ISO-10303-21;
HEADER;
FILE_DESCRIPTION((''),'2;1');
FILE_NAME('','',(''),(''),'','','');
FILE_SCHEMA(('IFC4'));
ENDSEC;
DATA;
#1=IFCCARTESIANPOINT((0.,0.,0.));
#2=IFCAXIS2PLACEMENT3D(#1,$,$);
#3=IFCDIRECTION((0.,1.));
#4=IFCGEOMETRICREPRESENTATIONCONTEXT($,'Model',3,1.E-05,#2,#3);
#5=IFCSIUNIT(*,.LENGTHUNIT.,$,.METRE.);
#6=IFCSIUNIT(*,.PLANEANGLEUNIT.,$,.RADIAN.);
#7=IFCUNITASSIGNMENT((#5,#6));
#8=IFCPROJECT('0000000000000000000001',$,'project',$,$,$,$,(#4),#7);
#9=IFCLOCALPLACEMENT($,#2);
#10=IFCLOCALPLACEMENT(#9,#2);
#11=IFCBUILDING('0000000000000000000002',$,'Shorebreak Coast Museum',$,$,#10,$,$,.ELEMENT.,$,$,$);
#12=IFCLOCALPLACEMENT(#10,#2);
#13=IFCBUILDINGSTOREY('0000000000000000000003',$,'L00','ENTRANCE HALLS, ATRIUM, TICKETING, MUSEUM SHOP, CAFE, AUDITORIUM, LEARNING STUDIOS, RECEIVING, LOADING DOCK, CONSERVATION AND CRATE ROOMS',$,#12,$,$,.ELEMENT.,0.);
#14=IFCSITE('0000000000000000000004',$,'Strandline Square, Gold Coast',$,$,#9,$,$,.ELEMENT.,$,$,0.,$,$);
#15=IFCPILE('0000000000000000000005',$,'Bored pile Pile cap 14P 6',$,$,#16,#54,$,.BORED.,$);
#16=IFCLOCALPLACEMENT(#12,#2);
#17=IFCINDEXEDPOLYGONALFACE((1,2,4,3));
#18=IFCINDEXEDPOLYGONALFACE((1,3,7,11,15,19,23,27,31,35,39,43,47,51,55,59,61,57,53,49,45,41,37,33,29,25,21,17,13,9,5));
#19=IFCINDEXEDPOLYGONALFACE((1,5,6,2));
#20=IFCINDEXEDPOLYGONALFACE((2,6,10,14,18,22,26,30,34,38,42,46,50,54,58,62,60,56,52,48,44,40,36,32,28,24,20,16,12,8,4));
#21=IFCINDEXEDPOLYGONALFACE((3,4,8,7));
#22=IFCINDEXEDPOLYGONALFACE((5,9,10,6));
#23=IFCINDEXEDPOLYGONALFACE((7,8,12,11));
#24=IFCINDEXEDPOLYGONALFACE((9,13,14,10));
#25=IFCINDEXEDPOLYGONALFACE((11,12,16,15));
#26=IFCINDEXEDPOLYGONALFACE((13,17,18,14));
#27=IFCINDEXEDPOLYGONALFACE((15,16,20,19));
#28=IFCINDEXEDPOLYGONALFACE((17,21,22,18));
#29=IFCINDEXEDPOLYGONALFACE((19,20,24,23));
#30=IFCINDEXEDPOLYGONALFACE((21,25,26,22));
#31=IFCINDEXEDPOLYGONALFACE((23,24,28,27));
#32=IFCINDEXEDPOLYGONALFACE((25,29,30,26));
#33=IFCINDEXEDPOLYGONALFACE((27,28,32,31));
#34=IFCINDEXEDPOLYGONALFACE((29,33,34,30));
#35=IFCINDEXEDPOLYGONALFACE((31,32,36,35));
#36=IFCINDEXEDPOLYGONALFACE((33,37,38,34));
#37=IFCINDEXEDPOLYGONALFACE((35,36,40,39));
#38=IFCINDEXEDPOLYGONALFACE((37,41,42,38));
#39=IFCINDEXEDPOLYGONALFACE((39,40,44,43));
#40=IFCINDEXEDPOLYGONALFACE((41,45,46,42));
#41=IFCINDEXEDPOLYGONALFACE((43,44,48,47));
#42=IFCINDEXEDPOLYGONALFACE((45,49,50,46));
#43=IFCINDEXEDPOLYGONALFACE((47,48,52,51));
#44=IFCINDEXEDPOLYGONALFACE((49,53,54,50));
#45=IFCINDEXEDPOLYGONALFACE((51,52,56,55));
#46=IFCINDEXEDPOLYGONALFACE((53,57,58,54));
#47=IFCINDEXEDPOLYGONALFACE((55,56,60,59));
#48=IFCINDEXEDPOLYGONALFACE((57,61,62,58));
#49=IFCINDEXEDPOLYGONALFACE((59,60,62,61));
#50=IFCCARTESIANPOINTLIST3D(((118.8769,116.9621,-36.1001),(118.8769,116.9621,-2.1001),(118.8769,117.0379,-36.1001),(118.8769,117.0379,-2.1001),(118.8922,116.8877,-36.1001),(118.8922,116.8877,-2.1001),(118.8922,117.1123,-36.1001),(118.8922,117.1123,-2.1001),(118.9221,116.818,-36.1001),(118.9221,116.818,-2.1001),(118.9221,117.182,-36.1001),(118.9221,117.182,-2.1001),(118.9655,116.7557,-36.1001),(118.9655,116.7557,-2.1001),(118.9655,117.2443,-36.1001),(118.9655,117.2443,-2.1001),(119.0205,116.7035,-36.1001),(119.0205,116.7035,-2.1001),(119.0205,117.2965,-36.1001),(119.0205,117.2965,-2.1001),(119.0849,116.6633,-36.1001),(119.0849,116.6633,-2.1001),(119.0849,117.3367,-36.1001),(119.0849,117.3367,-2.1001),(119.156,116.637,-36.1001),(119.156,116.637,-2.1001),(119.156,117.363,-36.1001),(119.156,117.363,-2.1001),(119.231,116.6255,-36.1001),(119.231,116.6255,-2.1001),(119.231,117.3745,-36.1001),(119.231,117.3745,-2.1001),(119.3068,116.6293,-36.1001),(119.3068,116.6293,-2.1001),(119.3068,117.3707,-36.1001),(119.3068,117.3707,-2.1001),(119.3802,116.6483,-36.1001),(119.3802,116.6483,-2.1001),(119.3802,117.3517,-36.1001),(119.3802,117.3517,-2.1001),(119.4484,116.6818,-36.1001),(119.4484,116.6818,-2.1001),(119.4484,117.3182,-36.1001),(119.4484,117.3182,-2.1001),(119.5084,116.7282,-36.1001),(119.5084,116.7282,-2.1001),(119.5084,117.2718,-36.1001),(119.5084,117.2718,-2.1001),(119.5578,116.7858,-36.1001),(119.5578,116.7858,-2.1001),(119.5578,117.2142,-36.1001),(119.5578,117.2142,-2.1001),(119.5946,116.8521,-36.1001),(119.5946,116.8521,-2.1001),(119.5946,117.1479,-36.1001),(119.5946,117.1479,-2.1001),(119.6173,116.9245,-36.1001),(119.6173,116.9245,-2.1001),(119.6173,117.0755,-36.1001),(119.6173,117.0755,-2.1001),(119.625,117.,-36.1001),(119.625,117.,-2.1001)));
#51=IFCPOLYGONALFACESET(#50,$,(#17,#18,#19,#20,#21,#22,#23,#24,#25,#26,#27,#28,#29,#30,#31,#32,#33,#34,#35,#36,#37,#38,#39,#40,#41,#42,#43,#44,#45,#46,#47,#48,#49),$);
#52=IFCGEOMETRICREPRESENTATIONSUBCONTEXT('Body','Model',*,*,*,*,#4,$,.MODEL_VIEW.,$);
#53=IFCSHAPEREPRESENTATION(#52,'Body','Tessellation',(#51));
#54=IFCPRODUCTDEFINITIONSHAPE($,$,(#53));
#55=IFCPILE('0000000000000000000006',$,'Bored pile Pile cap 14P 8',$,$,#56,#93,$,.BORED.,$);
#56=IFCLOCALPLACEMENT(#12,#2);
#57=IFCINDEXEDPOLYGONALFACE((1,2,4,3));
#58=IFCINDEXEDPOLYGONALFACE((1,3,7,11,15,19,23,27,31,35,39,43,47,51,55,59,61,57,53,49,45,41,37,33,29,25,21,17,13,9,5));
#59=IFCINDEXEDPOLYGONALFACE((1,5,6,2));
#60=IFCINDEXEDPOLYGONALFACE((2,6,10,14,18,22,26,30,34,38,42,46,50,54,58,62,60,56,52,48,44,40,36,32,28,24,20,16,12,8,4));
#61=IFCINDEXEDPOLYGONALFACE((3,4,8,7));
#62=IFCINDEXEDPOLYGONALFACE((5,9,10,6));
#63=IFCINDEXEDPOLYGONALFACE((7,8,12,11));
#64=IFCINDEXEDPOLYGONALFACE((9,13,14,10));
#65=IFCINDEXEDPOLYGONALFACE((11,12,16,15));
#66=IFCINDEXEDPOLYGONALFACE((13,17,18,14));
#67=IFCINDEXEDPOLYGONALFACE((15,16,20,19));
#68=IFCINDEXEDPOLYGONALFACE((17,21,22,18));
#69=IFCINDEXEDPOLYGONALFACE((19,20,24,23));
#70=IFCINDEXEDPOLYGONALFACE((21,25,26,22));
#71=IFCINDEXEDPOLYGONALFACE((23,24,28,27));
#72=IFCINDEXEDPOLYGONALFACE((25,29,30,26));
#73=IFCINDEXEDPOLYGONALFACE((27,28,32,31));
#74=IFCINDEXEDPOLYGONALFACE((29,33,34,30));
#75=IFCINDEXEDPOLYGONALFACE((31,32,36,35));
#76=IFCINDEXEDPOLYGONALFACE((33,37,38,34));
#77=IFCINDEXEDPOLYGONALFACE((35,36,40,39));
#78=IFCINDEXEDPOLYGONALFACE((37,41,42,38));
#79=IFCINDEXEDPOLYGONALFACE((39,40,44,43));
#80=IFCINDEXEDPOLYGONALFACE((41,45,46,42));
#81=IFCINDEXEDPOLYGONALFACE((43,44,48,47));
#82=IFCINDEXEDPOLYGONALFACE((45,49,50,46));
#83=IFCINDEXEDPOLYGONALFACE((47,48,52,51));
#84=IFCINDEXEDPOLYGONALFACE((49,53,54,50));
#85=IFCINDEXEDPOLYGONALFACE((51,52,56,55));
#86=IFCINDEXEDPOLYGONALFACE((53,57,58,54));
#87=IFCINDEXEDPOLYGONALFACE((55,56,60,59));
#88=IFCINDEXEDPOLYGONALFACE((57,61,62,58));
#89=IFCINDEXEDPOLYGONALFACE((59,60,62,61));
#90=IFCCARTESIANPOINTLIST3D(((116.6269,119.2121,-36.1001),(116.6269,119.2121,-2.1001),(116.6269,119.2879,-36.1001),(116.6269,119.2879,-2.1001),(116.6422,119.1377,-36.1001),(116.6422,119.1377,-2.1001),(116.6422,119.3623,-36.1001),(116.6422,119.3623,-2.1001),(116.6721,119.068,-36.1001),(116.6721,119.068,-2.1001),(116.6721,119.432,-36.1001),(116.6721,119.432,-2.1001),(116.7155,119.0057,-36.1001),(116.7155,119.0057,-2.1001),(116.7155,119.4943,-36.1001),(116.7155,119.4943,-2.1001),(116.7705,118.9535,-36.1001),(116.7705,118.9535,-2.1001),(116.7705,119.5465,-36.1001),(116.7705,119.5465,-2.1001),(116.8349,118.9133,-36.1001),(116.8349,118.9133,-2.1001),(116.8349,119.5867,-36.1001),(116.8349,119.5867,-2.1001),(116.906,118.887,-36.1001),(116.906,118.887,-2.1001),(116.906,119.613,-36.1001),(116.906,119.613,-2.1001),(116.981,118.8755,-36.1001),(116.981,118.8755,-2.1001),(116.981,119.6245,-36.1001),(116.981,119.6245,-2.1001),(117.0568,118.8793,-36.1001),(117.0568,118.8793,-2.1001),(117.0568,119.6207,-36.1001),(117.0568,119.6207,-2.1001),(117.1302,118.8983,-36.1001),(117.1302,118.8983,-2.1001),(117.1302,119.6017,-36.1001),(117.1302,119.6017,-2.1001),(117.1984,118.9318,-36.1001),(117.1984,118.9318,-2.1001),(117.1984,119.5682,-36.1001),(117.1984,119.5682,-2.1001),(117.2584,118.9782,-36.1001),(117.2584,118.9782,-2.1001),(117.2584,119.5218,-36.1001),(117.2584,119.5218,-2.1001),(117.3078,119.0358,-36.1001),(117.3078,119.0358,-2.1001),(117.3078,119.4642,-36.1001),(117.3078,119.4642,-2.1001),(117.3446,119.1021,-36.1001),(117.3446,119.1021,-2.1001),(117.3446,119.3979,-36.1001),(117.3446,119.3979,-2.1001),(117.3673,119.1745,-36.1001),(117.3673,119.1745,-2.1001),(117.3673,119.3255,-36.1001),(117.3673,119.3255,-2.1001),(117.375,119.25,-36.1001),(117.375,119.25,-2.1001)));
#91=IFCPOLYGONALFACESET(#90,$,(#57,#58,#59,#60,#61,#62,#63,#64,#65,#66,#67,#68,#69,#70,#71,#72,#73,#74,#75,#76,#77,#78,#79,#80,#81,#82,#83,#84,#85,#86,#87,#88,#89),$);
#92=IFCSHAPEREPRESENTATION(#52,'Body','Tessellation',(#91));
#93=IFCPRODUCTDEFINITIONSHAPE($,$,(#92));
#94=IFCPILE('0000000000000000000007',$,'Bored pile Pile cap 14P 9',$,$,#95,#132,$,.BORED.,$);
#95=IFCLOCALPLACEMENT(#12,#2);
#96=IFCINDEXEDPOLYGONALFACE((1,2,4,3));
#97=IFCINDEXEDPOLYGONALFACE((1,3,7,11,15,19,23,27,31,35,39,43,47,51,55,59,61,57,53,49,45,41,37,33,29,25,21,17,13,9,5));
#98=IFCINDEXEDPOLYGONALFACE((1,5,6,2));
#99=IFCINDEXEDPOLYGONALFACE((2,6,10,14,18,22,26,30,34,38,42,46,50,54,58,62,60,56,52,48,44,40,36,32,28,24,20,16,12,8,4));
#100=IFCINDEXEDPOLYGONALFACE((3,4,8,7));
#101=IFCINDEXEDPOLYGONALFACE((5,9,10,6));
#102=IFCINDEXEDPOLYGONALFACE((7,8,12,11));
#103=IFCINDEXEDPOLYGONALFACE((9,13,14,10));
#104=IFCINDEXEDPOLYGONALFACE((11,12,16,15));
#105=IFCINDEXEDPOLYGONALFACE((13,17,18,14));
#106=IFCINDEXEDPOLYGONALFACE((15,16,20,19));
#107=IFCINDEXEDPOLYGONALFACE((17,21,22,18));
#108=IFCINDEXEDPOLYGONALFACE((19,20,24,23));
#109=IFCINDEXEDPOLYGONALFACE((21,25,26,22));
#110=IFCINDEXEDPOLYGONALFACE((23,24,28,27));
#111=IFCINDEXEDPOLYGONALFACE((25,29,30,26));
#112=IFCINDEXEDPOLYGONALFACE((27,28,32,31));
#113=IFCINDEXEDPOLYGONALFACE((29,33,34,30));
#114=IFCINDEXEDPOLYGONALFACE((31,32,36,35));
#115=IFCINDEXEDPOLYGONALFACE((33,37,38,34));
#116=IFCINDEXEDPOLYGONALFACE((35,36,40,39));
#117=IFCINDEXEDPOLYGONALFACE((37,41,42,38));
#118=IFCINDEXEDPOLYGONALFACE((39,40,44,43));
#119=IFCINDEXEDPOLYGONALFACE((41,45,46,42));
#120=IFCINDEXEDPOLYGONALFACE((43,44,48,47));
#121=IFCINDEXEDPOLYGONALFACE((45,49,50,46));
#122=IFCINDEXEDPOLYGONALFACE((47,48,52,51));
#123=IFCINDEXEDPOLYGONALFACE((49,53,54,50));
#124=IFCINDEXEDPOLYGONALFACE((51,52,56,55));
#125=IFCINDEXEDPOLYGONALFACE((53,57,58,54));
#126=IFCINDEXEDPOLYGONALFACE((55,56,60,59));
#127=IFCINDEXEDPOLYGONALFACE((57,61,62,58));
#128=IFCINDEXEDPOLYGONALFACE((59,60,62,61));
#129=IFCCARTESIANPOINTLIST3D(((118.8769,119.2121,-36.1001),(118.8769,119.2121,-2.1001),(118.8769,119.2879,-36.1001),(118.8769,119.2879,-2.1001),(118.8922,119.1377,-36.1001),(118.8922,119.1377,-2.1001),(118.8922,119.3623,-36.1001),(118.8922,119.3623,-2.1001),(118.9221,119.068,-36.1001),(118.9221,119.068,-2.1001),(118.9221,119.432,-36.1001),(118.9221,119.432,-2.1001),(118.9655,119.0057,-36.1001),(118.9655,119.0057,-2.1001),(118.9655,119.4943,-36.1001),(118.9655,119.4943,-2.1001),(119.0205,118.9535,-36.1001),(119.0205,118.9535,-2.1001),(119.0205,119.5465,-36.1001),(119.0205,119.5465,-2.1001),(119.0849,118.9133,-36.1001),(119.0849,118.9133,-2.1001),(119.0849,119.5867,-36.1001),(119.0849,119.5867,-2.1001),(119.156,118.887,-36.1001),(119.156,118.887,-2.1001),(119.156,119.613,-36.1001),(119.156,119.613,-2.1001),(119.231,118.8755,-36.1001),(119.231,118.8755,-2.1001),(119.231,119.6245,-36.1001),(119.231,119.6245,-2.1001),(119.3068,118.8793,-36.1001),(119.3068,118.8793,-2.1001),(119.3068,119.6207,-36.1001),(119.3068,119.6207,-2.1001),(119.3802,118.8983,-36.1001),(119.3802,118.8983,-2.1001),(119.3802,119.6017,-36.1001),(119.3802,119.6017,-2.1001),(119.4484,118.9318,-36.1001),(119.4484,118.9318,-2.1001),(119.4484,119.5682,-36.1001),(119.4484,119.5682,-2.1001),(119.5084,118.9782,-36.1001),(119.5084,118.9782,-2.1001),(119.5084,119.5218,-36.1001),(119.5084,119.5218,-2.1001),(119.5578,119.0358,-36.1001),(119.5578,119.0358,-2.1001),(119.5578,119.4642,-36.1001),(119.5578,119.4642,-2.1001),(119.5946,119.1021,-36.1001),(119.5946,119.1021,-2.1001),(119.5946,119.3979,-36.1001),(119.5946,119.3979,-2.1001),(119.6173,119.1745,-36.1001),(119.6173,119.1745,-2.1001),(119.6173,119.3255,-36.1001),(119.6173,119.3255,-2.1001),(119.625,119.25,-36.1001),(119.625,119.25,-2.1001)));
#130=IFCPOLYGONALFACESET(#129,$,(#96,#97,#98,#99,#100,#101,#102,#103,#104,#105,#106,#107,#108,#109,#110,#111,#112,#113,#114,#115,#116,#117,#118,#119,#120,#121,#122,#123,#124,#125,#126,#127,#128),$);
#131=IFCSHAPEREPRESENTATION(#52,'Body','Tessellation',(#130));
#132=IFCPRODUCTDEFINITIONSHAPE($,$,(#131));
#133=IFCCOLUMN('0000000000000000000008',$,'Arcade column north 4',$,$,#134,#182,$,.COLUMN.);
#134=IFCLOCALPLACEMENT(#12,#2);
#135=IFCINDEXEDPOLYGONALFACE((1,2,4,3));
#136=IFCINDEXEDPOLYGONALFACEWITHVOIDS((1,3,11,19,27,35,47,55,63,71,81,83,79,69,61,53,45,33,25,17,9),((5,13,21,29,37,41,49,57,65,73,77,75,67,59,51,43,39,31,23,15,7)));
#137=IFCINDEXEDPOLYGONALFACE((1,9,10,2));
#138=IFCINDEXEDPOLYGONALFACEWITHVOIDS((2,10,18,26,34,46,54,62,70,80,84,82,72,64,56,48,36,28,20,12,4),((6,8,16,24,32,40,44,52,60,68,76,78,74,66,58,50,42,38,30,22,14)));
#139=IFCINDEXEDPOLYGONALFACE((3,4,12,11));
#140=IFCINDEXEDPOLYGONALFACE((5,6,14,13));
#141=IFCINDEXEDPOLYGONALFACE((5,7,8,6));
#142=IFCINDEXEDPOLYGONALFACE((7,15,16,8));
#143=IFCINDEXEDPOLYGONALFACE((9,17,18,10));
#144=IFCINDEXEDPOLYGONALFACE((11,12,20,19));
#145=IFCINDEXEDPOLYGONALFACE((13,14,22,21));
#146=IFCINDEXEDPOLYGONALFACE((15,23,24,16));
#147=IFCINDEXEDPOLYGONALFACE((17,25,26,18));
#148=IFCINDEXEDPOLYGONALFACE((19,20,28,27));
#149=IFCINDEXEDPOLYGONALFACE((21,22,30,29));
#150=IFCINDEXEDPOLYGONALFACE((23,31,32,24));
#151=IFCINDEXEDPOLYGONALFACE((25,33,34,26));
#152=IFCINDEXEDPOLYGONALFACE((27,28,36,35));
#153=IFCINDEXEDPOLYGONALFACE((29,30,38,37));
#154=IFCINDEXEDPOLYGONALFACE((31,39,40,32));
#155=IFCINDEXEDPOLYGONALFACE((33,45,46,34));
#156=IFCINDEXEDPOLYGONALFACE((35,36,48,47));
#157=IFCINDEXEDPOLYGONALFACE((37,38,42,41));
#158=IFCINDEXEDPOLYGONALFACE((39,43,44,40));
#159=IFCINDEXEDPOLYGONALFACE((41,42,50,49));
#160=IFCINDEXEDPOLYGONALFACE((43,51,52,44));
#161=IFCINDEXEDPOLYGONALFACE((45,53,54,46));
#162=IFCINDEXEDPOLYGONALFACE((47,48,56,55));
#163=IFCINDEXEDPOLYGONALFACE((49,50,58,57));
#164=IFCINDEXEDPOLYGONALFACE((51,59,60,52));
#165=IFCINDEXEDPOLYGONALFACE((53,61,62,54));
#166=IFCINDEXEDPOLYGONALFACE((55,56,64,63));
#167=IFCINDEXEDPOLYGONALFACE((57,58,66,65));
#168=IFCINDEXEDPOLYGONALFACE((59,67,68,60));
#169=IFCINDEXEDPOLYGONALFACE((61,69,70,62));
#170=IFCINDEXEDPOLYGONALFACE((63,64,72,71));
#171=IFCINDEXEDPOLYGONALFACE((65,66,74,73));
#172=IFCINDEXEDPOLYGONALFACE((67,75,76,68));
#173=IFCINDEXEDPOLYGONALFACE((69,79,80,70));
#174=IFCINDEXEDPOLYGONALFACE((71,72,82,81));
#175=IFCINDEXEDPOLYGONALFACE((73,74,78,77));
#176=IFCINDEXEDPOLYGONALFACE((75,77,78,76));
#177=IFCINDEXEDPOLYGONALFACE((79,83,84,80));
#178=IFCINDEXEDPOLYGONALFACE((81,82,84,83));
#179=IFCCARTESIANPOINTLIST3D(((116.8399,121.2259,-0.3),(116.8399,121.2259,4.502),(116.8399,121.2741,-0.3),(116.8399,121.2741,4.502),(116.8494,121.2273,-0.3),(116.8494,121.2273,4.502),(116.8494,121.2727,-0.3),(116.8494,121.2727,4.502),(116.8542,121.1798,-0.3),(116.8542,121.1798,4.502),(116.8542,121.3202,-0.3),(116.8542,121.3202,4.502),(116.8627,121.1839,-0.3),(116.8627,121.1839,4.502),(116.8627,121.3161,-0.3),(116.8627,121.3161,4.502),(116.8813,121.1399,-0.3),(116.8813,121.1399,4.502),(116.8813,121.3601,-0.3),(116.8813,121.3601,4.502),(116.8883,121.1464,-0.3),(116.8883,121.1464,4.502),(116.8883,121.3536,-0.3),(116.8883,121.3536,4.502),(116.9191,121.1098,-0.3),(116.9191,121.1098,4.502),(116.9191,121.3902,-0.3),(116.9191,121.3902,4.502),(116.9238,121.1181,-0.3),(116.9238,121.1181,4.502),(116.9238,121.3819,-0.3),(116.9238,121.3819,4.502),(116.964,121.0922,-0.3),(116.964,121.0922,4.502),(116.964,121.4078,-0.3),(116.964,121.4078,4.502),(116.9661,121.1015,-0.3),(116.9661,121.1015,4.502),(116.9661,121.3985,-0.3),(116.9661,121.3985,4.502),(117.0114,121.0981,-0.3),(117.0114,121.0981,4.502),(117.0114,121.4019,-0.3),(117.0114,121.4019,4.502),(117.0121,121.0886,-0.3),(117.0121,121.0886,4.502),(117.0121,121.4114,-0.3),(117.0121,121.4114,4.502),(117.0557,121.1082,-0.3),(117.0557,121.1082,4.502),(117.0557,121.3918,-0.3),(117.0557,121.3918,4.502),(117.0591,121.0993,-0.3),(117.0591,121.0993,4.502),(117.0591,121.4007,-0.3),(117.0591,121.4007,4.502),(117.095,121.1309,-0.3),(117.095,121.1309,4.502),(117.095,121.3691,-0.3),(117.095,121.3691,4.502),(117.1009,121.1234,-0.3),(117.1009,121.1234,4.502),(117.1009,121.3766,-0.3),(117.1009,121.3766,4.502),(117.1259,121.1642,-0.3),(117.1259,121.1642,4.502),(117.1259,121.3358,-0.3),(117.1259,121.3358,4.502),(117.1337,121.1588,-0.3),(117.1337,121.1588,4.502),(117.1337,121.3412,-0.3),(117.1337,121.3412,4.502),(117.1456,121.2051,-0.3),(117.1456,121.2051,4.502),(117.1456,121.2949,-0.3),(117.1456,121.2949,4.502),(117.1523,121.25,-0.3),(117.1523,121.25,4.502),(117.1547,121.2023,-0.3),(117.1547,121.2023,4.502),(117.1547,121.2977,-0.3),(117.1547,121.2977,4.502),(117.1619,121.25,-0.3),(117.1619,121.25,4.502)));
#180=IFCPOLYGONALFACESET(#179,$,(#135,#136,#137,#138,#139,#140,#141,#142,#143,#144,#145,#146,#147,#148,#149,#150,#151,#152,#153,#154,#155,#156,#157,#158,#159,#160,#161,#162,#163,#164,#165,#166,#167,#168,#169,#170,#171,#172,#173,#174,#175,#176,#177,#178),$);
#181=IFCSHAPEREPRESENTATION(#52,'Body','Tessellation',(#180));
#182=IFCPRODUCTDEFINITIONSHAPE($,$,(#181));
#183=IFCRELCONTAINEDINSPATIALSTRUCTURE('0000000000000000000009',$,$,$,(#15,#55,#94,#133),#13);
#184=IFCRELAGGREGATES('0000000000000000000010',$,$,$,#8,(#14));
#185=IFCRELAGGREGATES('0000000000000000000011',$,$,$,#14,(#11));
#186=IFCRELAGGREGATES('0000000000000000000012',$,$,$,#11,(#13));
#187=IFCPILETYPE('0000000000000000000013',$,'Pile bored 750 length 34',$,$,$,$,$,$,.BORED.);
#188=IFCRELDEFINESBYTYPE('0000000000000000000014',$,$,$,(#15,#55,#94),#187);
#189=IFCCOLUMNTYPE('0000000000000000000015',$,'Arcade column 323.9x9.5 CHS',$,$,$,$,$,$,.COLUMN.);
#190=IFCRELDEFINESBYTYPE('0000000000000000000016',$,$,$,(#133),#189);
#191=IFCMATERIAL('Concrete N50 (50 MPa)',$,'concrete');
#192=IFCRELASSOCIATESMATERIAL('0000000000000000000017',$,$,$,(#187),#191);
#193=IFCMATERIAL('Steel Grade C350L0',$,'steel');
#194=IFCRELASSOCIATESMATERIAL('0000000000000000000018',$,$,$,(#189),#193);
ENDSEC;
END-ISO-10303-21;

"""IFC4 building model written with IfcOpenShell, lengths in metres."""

from ifc_helpers import new_model, si_unit, direction, frame, origin, origin_2d, place, context, subcontext, project, spatial, circle, hollow_circle, extrude, material, material_profile, profile_set, type_object, element, save


model = new_model("IFC4")

# Units and contexts
model_context = context("Model", 3, precision=1e-05, world=origin(), true_north=direction((0.0, 1.0)))
body_context = subcontext(model_context, "Body", "Model", "MODEL_VIEW")
ifc_project = project(units=[si_unit("LENGTHUNIT", "METRE"), si_unit("PLANEANGLEUNIT", "RADIAN")], contexts=[model_context])

# Site, building, storey
site_placement = place(None, origin())
site = spatial("IfcSite", under=ifc_project, at=site_placement, Name="Strandline Square, Gold Coast", CompositionType="ELEMENT", RefElevation=0.0)
building_placement = place(site_placement, origin())
building = spatial("IfcBuilding", under=site, at=building_placement, Name="Shorebreak Coast Museum", CompositionType="ELEMENT")
storey_placement = place(building_placement, origin())
storey = spatial("IfcBuildingStorey", under=building, at=storey_placement, Name="L00", Description="ENTRANCE HALLS, ATRIUM, TICKETING, MUSEUM SHOP, CAFE, AUDITORIUM, LEARNING STUDIOS, RECEIVING, LOADING DOCK, CONSERVATION AND CRATE ROOMS", CompositionType="ELEMENT", Elevation=0.0)

# Piles
ifc_material_1 = material(Name="Concrete N50 (50 MPa)", Category="concrete")
ifc_material_profile_1 = material_profile(ifc_material_1, circle(Radius=0.375, at=origin_2d()), Name="Pile bored 750 length 34")
ifc_profile_set_1 = profile_set([ifc_material_profile_1], Name="Concrete N50 (50 MPa)")
pile_type_1 = type_object("IfcPileType", Name="Pile bored 750 length 34", PredefinedType="BORED", material=ifc_profile_set_1)
for number, where, z_axis, x_axis, name in (
    (1, (119.25, 117.0, -2.1001), (0.0, 0.0, -1.0), (1.0, 0.0, 0.0), "Bored pile Pile cap 14P 6"),
    (2, (117.0, 119.25, -2.1001), (0.0, 0.0, -1.0), (1.0, 0.0, 0.0), "Bored pile Pile cap 14P 8"),
    (3, (119.25, 119.25, -2.1001), (0.0, 0.0, -1.0), (1.0, 0.0, 0.0), "Bored pile Pile cap 14P 9"),
):
    element("IfcPile", number, at=place(storey_placement, frame(where, z_axis=z_axis, x_axis=x_axis)), inside=storey, type_object=pile_type_1, Name=name, PredefinedType="BORED", context=body_context, shape_type="SweptSolid", body=[
        extrude(circle(Radius=0.375, at=origin_2d()), origin(), (0.0, 0.0, 1.0), 34.0),
    ])

# Column
ifc_material_2 = material(Name="Steel Grade C350L0", Category="steel")
ifc_material_profile_2 = material_profile(ifc_material_2, hollow_circle(Radius=0.1619, WallThickness=0.0095, at=origin_2d()), Name="323.9x9.5 CHS")
ifc_profile_set_2 = profile_set([ifc_material_profile_2], Name="Steel Grade C350L0")
column_type_1 = type_object("IfcColumnType", Name="Arcade column 323.9x9.5 CHS", PredefinedType="COLUMN", material=ifc_profile_set_2)
column_1_placement = place(storey_placement, frame((117.0, 121.25, -0.3), z_axis=(0.0, 0.0, 1.0), x_axis=(1.0, 0.0, 0.0)))
element("IfcColumn", 4, at=column_1_placement, inside=storey, type_object=column_type_1, Name="Arcade column north 4", PredefinedType="COLUMN", context=body_context, shape_type="SweptSolid", body=[
    extrude(hollow_circle(Radius=0.1619, WallThickness=0.0095, at=origin_2d()), origin(), (0.0, 0.0, 1.0), 4.802),
])

save(model, "model.ifc")
